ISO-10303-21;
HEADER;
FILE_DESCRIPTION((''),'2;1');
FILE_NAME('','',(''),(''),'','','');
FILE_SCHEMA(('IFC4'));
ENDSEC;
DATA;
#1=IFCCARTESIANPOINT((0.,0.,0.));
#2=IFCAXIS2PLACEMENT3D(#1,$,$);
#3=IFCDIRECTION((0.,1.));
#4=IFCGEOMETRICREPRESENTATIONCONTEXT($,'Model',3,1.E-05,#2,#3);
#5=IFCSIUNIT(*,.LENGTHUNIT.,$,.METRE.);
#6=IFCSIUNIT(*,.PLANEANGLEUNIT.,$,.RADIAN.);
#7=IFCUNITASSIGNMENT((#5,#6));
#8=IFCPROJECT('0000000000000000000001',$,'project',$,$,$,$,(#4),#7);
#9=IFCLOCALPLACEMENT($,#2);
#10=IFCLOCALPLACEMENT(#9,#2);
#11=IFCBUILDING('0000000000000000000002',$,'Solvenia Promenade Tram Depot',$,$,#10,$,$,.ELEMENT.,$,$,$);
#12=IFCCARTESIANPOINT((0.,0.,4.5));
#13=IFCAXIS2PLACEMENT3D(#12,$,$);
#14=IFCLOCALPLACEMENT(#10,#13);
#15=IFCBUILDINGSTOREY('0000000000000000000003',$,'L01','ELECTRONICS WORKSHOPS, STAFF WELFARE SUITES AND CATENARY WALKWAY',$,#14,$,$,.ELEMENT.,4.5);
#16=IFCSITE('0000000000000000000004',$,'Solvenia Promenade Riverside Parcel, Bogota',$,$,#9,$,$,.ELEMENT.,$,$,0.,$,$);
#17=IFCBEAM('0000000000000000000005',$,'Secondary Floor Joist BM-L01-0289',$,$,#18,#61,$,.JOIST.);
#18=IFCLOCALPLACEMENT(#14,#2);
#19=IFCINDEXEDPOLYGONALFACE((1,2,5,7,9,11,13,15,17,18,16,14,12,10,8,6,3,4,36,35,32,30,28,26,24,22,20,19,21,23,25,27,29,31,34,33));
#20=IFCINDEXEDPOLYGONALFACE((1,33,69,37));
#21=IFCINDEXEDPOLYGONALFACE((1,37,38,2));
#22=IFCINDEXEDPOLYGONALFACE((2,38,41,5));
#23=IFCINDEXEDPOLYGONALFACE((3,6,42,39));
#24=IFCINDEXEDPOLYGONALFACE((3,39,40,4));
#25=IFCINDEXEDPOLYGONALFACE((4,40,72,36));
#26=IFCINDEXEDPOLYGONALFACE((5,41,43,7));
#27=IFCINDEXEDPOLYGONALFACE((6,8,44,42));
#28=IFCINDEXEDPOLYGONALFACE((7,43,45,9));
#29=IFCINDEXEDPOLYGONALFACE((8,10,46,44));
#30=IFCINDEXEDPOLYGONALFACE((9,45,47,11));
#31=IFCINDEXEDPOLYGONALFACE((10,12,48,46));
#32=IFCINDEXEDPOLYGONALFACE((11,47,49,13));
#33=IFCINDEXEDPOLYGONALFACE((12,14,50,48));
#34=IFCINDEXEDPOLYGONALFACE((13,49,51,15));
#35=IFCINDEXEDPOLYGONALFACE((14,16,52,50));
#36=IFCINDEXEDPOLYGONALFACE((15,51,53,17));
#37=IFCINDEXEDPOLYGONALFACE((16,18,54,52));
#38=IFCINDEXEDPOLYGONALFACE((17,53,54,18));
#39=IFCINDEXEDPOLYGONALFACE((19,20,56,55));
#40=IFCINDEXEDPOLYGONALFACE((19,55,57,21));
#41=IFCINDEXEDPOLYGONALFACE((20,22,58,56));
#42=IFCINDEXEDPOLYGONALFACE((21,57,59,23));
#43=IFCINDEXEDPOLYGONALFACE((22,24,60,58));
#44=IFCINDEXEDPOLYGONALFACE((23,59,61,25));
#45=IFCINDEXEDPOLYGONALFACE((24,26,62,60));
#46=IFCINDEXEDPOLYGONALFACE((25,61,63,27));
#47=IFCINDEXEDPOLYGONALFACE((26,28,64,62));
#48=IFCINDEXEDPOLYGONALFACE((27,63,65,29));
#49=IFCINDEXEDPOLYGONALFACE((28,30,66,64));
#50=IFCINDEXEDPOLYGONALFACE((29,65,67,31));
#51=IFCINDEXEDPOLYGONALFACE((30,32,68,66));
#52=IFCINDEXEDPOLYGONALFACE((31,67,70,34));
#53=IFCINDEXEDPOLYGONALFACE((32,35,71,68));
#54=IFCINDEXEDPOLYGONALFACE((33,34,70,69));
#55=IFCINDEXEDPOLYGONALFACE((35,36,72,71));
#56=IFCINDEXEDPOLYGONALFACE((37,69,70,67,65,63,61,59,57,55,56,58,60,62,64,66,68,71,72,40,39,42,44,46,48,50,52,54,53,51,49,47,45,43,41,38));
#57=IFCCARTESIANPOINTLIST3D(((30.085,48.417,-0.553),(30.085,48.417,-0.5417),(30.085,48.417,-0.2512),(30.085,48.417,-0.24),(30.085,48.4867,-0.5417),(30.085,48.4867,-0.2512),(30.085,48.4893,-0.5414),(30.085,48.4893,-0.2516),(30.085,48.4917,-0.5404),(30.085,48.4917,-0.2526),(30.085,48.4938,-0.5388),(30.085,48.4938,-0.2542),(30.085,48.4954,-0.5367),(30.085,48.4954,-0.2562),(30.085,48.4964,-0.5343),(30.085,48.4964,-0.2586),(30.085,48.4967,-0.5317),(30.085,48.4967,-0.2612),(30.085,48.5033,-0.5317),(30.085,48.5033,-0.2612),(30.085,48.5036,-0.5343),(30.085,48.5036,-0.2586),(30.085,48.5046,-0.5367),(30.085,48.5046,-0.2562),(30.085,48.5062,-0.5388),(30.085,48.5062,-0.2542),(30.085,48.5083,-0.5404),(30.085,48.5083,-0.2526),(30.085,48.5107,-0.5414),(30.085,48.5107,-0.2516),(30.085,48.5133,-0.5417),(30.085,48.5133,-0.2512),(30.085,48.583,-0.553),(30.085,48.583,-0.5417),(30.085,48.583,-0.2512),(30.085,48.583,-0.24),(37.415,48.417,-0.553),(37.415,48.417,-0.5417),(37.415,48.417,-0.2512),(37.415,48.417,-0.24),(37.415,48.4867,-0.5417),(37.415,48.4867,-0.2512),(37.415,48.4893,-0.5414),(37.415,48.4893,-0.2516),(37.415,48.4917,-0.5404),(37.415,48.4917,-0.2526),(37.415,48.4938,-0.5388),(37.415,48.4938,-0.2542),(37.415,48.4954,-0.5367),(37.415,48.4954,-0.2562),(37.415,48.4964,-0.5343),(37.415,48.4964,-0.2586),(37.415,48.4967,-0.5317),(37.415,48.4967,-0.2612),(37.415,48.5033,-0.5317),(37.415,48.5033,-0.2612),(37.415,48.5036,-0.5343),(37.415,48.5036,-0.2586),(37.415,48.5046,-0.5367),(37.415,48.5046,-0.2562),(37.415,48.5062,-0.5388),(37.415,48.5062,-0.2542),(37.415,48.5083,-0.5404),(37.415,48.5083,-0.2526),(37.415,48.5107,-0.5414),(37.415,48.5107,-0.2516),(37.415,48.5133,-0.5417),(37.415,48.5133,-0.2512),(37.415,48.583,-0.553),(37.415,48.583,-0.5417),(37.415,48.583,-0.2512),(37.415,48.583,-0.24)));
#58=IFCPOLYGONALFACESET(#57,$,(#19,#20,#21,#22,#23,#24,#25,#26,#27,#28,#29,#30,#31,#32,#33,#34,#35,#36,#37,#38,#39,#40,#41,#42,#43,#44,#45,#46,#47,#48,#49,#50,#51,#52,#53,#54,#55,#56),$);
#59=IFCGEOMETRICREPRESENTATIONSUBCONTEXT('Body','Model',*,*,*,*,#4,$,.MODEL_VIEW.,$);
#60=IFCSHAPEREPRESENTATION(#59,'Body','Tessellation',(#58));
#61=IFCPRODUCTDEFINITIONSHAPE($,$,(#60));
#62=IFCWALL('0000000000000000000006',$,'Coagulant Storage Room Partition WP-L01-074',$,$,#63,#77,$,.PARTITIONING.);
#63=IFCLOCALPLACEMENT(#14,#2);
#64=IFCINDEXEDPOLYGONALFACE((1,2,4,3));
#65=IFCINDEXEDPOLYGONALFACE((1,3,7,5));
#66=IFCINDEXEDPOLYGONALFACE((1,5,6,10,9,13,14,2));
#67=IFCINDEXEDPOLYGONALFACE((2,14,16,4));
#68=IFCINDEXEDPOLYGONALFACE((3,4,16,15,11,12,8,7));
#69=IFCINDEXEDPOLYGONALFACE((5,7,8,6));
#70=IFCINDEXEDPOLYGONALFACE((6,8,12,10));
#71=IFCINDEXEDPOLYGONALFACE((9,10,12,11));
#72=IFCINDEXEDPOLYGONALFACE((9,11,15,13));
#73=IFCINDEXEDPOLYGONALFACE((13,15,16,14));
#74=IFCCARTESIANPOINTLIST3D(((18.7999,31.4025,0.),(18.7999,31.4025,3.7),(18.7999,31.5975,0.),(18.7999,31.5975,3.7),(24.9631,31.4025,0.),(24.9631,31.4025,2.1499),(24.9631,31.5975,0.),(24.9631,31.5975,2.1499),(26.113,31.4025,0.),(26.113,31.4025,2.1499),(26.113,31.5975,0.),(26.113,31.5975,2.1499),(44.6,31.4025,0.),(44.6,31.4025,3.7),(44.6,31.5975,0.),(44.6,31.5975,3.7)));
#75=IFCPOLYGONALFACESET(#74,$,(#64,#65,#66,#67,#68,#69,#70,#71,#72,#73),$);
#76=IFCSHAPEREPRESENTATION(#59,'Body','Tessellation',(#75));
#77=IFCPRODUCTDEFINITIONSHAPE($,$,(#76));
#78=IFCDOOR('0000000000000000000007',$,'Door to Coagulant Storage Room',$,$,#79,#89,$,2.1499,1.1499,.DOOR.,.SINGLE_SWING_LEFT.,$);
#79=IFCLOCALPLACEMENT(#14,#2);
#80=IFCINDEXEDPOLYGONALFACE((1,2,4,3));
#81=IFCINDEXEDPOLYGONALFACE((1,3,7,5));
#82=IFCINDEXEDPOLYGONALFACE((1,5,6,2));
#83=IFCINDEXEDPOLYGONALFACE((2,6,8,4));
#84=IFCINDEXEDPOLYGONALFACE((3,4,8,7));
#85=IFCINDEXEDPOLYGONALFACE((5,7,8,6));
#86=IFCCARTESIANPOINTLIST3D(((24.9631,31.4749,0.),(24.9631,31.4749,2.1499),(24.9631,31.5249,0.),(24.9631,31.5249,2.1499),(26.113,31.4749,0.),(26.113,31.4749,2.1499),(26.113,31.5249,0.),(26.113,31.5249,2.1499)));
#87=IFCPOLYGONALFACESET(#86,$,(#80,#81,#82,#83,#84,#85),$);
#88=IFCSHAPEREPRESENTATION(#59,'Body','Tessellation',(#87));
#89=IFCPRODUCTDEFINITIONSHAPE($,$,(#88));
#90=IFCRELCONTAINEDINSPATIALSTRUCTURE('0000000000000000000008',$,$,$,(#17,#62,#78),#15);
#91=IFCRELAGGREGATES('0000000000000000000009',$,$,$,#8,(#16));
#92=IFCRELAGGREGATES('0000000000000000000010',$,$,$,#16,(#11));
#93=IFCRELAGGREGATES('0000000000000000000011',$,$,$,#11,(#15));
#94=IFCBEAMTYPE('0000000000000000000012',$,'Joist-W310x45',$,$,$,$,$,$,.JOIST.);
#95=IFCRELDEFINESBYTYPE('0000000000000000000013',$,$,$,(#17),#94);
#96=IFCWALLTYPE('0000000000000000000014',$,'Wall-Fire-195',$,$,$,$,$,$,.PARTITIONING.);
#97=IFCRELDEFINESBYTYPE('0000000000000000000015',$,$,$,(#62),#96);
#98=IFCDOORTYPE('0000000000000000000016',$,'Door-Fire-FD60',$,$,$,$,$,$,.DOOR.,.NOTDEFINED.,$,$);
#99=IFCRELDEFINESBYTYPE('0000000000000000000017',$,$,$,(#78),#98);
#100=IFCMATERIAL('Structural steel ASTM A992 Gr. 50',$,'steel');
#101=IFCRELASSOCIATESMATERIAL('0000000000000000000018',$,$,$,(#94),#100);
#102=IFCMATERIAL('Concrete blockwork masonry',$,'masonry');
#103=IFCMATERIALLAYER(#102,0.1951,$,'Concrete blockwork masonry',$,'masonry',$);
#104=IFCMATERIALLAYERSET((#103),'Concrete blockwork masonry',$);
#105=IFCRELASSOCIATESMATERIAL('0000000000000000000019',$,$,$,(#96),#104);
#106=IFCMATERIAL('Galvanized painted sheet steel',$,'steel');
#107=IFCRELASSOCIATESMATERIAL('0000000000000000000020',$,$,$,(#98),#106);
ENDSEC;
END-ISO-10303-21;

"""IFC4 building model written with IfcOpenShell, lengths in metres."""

from ifc_helpers import new_model, si_unit, direction, frame, frame_2d, origin, origin_2d, place, context, subcontext, project, spatial, rectangle, i_section, extrude, material, layer, layer_set, material_profile, profile_set, type_object, element, fill, save


model = new_model("IFC4")

# Units and contexts
model_context = context("Model", 3, precision=1e-05, world=origin(), true_north=direction((0.0, 1.0)))
body_context = subcontext(model_context, "Body", "Model", "MODEL_VIEW")
ifc_project = project(units=[si_unit("LENGTHUNIT", "METRE"), si_unit("PLANEANGLEUNIT", "RADIAN")], contexts=[model_context])

# Site, building, storey
site_placement = place(None, origin())
site = spatial("IfcSite", under=ifc_project, at=site_placement, Name="Solvenia Promenade Riverside Parcel, Bogota", CompositionType="ELEMENT", RefElevation=0.0)
building_placement = place(site_placement, origin())
building = spatial("IfcBuilding", under=site, at=building_placement, Name="Solvenia Promenade Tram Depot", CompositionType="ELEMENT")
storey_placement = place(building_placement, frame((0.0, 0.0, 4.5)))
storey = spatial("IfcBuildingStorey", under=building, at=storey_placement, Name="L01", Description="ELECTRONICS WORKSHOPS, STAFF WELFARE SUITES AND CATENARY WALKWAY", CompositionType="ELEMENT", Elevation=4.5)

# Shared definitions
ifc_material_1 = material(Name="Structural steel ASTM A992 Gr. 50", Category="steel")

# Beam
ifc_material_profile_1 = material_profile(ifc_material_1, i_section(OverallWidth=0.166, OverallDepth=0.313, WebThickness=0.0066, FlangeThickness=0.0112, FilletRadius=0.01, at=origin_2d()), Name="W310x45", Category="steel")
ifc_profile_set_1 = profile_set([ifc_material_profile_1], Name="Structural steel ASTM A992 Gr. 50")
beam_type_1 = type_object("IfcBeamType", Name="Joist-W310x45", PredefinedType="JOIST", material=ifc_profile_set_1)
for number, where, z_axis, x_axis, name in (
    (1, (30.085, 48.5, -0.3965), (1.0, 0.0, 0.0), (0.0, 1.0, 0.0), "Secondary Floor Joist BM-L01-0289"),
):
    element("IfcBeam", number, at=place(storey_placement, frame(where, z_axis=z_axis, x_axis=x_axis)), inside=storey, type_object=beam_type_1, Name=name, PredefinedType="JOIST", context=body_context, shape_type="SweptSolid", body=[
        extrude(i_section(OverallWidth=0.166, OverallDepth=0.313, WebThickness=0.0066, FlangeThickness=0.0112, FilletRadius=0.01, at=origin_2d()), origin(), (0.0, 0.0, 1.0), 7.3301),
    ])

# Wall, opening, door
ifc_material_2 = material(Name="Concrete blockwork masonry", Category="masonry")
ifc_layer = layer(ifc_material_2, 0.1951, Name="Concrete blockwork masonry", Category="masonry")
ifc_layer_set = layer_set([ifc_layer], Name="Concrete blockwork masonry")
wall_type = type_object("IfcWallType", Name="Wall-Fire-195", PredefinedType="PARTITIONING", material=ifc_layer_set)
wall_placement = place(storey_placement, frame((18.8, 31.5, 0.0), z_axis=(0.0, 0.0, 1.0), x_axis=(1.0, 0.0, 0.0)))
wall = element("IfcWall", 2, at=wall_placement, inside=storey, type_object=wall_type, Name="Coagulant Storage Room Partition WP-L01-074", PredefinedType="PARTITIONING", context=body_context, shape_type="SweptSolid", body=[
    extrude(rectangle(XDim=25.8, YDim=0.1951, at=frame_2d((12.8999, 0.0))), origin(), (0.0, 0.0, 1.0), 3.7),
])
opening_placement = place(wall_placement, frame((6.1631, 0.0, 0.0)))
opening = element("IfcOpeningElement", 3, at=opening_placement, cuts=wall, PredefinedType="OPENING", context=body_context, shape_type="SweptSolid", body=[
    extrude(rectangle(XDim=1.1499, YDim=2.1499, at=frame_2d((0.575, 1.075))), frame((0.0, 0.1074, 0.0), z_axis=(0.0, -1.0, 0.0), x_axis=(1.0, 0.0, 0.0)), (0.0, 0.0, 1.0), 0.2151),
])
ifc_material_3 = material(Name="Galvanized painted sheet steel", Category="steel")
door_type = type_object("IfcDoorType", Name="Door-Fire-FD60", OperationType="NOTDEFINED", PredefinedType="DOOR", material=ifc_material_3)
door_placement = place(opening_placement, origin())
door = element("IfcDoor", 4, at=door_placement, inside=storey, type_object=door_type, Name="Door to Coagulant Storage Room", OperationType="SINGLE_SWING_LEFT", OverallHeight=2.1499, OverallWidth=1.1499, PredefinedType="DOOR", context=body_context, shape_type="SweptSolid", body=[
    extrude(rectangle(XDim=1.1499, YDim=2.1499, at=frame_2d((0.575, 1.075))), frame((0.0, 0.0249, 0.0), z_axis=(0.0, -1.0, 0.0), x_axis=(1.0, 0.0, 0.0)), (0.0, 0.0, 1.0), 0.05),
])
fill(opening, door)

save(model, "model.ifc")
